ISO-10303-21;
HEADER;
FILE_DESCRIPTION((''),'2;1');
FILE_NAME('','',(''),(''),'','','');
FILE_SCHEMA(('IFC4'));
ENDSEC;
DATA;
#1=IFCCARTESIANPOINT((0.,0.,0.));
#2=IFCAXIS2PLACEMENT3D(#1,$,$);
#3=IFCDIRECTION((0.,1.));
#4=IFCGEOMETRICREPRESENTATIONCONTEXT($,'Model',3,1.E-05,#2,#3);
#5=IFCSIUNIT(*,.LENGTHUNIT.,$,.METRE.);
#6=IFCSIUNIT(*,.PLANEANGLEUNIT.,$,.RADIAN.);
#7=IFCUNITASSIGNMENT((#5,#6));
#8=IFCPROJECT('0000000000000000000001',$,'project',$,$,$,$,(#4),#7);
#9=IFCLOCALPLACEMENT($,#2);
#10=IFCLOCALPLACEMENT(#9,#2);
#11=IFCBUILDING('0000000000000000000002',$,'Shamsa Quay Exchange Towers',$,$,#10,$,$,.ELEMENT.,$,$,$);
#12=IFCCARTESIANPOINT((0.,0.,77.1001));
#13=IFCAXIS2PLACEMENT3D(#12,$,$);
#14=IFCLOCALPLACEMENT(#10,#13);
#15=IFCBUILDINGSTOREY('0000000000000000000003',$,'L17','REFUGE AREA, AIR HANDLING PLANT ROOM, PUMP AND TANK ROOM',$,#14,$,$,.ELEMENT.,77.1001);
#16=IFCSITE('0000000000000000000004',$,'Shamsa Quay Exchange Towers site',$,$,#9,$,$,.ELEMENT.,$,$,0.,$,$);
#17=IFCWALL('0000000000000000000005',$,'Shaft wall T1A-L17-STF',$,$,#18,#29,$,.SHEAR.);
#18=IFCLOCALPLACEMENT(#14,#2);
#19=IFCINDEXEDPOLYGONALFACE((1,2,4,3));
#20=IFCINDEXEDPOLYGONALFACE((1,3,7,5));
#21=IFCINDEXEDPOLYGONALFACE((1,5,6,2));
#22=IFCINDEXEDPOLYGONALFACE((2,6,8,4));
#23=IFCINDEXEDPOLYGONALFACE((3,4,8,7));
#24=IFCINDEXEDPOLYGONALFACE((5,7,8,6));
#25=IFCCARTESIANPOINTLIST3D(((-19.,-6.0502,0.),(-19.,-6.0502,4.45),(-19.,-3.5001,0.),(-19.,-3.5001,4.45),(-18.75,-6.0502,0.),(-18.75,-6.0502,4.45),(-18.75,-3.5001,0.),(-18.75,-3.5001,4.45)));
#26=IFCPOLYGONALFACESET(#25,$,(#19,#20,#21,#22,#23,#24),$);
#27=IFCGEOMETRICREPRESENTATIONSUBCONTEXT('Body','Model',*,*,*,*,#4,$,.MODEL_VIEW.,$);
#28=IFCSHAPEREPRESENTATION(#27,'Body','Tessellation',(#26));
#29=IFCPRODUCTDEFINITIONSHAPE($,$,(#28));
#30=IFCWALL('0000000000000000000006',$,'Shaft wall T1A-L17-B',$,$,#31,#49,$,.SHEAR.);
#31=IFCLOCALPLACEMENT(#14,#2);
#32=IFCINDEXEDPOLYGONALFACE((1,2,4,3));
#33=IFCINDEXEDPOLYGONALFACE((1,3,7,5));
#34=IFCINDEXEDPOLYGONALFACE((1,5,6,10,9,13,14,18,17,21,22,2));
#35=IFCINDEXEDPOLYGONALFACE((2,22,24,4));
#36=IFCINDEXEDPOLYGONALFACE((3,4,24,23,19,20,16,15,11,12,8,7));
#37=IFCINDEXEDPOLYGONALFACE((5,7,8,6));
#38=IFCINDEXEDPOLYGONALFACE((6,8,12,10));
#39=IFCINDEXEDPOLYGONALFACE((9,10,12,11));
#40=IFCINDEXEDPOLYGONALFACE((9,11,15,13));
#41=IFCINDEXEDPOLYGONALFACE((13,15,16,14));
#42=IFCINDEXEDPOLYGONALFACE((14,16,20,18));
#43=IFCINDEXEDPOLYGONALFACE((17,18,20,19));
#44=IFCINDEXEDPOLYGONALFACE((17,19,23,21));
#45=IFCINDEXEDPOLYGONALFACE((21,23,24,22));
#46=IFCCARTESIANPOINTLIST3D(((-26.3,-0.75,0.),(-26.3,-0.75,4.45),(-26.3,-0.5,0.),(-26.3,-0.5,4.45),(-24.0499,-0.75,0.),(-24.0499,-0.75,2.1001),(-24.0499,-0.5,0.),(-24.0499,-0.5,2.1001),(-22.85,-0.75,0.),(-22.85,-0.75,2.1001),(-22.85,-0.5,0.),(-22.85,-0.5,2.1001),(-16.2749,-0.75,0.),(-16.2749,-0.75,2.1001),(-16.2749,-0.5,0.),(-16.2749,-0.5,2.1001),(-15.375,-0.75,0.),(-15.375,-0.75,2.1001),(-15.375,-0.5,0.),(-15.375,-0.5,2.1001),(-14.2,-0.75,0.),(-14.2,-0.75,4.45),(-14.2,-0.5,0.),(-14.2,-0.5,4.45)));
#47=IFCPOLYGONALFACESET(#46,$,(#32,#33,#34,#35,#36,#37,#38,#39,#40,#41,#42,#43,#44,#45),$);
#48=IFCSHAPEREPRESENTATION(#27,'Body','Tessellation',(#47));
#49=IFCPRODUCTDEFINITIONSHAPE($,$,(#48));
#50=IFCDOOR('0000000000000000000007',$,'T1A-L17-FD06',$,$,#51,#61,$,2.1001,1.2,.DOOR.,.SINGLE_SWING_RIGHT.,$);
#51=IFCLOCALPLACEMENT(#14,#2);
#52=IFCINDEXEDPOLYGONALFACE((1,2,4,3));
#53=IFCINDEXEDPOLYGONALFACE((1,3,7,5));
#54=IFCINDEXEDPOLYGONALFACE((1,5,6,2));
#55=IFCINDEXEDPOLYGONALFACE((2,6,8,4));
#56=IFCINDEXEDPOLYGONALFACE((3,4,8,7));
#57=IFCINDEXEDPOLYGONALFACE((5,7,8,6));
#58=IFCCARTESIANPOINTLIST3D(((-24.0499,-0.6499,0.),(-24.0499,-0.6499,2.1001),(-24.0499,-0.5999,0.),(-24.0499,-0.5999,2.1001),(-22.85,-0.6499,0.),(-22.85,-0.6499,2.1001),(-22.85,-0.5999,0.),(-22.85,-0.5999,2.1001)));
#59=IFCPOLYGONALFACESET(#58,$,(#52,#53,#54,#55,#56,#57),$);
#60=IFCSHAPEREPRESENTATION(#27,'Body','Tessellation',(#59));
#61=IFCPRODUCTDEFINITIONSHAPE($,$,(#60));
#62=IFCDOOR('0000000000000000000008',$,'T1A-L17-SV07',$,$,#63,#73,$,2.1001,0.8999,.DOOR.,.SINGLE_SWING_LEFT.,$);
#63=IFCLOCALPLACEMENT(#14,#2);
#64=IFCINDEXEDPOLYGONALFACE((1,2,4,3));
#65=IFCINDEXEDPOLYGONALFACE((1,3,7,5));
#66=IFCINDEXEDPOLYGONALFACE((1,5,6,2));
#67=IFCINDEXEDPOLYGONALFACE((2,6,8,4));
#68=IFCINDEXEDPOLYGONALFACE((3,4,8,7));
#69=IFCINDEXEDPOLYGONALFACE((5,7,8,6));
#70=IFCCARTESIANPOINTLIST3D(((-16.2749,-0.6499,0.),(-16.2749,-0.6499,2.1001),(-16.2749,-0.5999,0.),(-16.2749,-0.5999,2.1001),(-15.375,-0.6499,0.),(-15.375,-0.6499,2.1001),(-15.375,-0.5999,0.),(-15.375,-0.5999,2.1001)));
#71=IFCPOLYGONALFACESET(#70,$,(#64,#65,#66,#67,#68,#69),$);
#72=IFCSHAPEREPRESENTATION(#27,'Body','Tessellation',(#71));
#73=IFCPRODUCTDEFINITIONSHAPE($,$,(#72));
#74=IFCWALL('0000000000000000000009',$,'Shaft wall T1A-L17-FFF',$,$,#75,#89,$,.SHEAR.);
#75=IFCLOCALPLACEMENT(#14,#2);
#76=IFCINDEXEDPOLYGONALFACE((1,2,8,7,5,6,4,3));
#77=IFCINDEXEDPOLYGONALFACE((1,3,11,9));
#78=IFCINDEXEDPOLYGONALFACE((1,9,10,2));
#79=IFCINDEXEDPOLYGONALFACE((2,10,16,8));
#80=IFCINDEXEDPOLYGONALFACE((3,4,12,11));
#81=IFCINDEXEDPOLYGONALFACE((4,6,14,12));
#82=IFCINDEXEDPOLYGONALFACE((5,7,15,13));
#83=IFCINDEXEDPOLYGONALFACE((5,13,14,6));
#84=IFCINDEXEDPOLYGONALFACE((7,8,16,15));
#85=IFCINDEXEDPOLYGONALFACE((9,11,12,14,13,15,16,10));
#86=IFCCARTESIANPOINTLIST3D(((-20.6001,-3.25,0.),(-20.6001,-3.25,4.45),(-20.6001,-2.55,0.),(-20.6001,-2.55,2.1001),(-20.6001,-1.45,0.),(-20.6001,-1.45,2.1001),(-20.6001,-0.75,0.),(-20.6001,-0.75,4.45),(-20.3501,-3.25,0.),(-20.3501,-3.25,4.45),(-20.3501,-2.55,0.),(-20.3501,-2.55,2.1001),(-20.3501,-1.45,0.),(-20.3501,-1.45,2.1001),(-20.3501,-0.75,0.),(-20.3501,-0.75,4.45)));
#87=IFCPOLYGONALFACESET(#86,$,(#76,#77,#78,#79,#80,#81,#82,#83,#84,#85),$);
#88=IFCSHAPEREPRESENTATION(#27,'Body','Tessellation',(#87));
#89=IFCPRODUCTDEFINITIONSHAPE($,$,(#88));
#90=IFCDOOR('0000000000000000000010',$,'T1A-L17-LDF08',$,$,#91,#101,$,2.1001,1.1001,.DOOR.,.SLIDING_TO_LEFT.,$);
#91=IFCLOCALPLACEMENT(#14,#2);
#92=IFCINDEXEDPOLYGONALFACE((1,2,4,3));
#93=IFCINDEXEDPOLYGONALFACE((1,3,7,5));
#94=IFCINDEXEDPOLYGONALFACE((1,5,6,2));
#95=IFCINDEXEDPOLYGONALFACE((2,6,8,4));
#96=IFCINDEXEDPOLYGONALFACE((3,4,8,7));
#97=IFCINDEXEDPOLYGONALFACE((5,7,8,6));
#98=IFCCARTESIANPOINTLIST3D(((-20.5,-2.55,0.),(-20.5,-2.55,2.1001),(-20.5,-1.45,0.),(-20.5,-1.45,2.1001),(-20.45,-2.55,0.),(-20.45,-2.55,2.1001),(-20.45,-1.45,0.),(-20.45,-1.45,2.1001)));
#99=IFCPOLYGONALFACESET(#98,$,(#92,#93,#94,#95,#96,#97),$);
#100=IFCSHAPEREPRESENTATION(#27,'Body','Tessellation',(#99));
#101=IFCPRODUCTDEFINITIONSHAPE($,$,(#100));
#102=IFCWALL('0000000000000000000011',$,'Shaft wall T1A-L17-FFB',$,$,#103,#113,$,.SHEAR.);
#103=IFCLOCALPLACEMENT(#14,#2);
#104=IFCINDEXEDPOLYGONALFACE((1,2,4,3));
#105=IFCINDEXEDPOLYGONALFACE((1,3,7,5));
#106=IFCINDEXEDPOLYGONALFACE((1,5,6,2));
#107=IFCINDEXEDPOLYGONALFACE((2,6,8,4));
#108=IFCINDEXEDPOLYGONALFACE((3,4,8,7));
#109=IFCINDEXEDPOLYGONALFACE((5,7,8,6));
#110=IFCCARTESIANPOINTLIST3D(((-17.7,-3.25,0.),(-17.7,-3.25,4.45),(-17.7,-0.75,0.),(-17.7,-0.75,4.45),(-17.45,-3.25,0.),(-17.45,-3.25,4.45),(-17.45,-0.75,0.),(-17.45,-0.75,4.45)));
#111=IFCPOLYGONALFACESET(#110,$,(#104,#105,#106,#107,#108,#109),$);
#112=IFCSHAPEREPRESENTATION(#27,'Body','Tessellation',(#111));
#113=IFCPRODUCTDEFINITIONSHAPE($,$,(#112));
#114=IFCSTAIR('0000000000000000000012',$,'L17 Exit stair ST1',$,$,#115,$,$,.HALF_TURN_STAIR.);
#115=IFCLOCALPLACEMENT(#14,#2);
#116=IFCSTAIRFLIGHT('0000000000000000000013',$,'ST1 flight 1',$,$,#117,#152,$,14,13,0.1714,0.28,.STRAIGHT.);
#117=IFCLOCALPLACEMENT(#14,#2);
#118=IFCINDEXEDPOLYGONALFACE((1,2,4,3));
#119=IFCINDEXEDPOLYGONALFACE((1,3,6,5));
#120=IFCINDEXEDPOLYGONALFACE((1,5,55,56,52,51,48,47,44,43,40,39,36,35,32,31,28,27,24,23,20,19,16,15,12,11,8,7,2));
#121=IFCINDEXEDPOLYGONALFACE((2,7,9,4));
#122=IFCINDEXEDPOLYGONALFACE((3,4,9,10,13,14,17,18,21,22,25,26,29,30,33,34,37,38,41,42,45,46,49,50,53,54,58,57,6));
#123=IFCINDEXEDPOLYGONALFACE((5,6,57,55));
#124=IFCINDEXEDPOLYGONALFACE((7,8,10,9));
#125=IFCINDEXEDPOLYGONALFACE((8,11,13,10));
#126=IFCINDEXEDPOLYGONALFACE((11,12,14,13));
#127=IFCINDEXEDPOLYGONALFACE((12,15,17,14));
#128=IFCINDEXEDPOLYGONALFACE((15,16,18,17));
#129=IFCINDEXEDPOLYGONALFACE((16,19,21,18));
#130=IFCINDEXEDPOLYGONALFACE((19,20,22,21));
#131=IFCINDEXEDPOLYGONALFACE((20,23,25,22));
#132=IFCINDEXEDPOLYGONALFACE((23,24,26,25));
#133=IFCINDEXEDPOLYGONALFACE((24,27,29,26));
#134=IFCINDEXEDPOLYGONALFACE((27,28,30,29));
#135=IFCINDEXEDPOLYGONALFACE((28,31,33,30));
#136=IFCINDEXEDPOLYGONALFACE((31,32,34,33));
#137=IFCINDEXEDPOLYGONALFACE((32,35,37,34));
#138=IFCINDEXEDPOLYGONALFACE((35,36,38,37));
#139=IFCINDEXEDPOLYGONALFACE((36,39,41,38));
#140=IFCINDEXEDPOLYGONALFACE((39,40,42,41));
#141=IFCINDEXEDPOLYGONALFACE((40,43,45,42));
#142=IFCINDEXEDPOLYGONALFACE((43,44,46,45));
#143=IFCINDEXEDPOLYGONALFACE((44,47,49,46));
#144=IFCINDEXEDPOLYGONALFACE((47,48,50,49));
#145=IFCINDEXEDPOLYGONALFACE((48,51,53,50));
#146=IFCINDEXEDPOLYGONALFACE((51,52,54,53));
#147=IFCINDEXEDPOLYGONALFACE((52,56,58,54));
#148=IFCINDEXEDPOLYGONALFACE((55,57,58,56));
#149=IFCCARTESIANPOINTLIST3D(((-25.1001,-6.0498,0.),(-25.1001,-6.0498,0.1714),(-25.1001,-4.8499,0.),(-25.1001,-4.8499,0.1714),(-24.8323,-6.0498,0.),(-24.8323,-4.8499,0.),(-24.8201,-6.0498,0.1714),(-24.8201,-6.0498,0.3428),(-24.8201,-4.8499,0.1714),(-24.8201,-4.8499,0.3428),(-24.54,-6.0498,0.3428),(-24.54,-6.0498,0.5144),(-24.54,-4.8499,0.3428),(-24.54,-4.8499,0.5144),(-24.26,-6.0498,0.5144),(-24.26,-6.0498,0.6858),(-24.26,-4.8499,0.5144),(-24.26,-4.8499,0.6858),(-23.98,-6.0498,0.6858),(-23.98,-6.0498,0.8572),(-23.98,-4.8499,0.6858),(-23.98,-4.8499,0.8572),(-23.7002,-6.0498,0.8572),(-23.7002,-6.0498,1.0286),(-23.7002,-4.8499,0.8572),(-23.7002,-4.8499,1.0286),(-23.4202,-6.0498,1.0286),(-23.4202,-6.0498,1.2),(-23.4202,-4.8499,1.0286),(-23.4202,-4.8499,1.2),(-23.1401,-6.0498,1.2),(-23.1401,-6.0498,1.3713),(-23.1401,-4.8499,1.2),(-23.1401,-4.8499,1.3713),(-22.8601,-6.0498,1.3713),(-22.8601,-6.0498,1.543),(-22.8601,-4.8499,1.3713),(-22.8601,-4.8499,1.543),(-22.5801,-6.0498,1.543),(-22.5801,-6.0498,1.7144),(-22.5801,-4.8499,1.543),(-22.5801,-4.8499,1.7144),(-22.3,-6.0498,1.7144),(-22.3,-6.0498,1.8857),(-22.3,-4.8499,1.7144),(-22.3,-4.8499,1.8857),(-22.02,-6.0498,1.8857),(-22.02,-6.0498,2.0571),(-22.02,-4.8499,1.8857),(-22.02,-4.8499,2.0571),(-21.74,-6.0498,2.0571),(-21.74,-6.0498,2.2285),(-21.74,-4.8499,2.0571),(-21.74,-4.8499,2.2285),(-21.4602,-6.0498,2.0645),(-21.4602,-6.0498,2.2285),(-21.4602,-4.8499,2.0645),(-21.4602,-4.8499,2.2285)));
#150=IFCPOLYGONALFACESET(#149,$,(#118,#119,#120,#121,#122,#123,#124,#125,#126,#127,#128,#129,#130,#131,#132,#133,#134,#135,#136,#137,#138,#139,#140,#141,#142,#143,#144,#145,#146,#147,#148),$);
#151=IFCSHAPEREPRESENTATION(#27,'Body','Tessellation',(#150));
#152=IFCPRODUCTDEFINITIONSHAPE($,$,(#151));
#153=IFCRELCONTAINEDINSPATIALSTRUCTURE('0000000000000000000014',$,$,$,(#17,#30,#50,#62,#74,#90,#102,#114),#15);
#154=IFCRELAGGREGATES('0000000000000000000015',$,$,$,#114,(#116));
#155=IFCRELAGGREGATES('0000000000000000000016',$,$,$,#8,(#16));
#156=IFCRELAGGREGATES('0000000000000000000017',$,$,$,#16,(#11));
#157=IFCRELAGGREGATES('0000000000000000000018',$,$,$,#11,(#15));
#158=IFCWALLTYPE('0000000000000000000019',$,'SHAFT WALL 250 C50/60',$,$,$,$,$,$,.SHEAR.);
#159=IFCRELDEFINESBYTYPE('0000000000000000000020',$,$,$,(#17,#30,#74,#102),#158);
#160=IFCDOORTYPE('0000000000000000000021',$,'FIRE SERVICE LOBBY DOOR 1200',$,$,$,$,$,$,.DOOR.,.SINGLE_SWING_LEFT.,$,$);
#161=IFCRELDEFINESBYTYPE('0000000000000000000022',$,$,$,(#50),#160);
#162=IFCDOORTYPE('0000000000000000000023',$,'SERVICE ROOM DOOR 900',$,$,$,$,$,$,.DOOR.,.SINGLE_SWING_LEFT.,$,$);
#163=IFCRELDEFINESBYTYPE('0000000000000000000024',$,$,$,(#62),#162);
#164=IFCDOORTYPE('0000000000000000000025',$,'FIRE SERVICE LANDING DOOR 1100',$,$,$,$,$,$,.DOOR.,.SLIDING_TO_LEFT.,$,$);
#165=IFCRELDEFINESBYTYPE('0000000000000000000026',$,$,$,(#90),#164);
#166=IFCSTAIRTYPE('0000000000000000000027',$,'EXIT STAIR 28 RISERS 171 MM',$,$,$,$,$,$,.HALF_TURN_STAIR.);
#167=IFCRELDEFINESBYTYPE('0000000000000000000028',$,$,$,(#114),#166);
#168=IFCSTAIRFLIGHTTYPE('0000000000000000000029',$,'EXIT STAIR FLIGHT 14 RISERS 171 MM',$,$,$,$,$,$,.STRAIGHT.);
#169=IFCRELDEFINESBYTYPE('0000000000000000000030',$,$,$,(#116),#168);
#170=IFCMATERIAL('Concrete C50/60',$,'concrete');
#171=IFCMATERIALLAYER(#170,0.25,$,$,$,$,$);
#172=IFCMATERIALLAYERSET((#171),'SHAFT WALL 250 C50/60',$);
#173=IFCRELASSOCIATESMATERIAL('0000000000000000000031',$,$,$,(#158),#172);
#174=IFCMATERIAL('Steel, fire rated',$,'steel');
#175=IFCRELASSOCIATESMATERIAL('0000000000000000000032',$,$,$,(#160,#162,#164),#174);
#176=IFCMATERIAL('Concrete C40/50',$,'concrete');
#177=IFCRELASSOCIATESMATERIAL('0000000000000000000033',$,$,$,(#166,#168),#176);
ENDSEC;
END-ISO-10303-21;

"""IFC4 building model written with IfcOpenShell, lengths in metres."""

from ifc_helpers import new_model, si_unit, direction, frame, frame_2d, origin, place, context, subcontext, project, spatial, polyline, rectangle, outline, extrude, material, layer, layer_set, type_object, element, fill, aggregate, save


model = new_model("IFC4")

# Units and contexts
model_context = context("Model", 3, precision=1e-05, world=origin(), true_north=direction((0.0, 1.0)))
body_context = subcontext(model_context, "Body", "Model", "MODEL_VIEW")
ifc_project = project(units=[si_unit("LENGTHUNIT", "METRE"), si_unit("PLANEANGLEUNIT", "RADIAN")], contexts=[model_context])

# Site, building, storey
site_placement = place(None, origin())
site = spatial("IfcSite", under=ifc_project, at=site_placement, Name="Shamsa Quay Exchange Towers site", CompositionType="ELEMENT", RefElevation=0.0)
building_placement = place(site_placement, origin())
building = spatial("IfcBuilding", under=site, at=building_placement, Name="Shamsa Quay Exchange Towers", CompositionType="ELEMENT")
storey_placement = place(building_placement, frame((0.0, 0.0, 77.1001)))
storey = spatial("IfcBuildingStorey", under=building, at=storey_placement, Name="L17", Description="REFUGE AREA, AIR HANDLING PLANT ROOM, PUMP AND TANK ROOM", CompositionType="ELEMENT", Elevation=77.1001)

# Shared definitions
ifc_material_1 = material(Name="Concrete C50/60", Category="concrete")
ifc_layer_1 = layer(ifc_material_1, 0.25)
ifc_layer_set_1 = layer_set([ifc_layer_1], Name="SHAFT WALL 250 C50/60")
wall_type_1 = type_object("IfcWallType", Name="SHAFT WALL 250 C50/60", PredefinedType="SHEAR", material=ifc_layer_set_1)
ifc_material_2 = material(Name="Steel, fire rated", Category="steel")

# Wall
wall_1_placement = place(storey_placement, frame((-18.875, -6.05, 0.0), z_axis=(0.0, 0.0, 1.0), x_axis=(0.0, 1.0, 0.0)))
element("IfcWall", 1, at=wall_1_placement, inside=storey, type_object=wall_type_1, Name="Shaft wall T1A-L17-STF", PredefinedType="SHEAR", context=body_context, shape_type="SweptSolid", body=[
    extrude(rectangle(XDim=2.55, YDim=0.25, at=frame_2d((1.2749, 0.0))), origin(), (0.0, 0.0, 1.0), 4.45),
])

# Wall, openings, doors
wall_2_placement = place(storey_placement, frame((-14.2, -0.625, 0.0), z_axis=(0.0, 0.0, 1.0), x_axis=(-1.0, 0.0, 0.0)))
wall_2 = element("IfcWall", 2, at=wall_2_placement, inside=storey, type_object=wall_type_1, Name="Shaft wall T1A-L17-B", PredefinedType="SHEAR", context=body_context, shape_type="SweptSolid", body=[
    extrude(rectangle(XDim=12.1001, YDim=0.25, at=frame_2d((6.05, 0.0))), origin(), (0.0, 0.0, 1.0), 4.45),
])
opening_1_placement = place(wall_2_placement, frame((8.6499, 0.0, 0.0)))
opening_1 = element("IfcOpeningElement", 3, at=opening_1_placement, cuts=wall_2, PredefinedType="OPENING", context=body_context, shape_type="SweptSolid", body=[
    extrude(rectangle(XDim=1.2, YDim=2.1001, at=frame_2d((0.6001, 1.05))), frame((0.0, 0.135, 0.0), z_axis=(0.0, -1.0, 0.0), x_axis=(1.0, 0.0, 0.0)), (0.0, 0.0, 1.0), 0.27),
])
opening_2_placement = place(wall_2_placement, frame((1.175, 0.0, 0.0)))
opening_2 = element("IfcOpeningElement", 4, at=opening_2_placement, cuts=wall_2, PredefinedType="OPENING", context=body_context, shape_type="SweptSolid", body=[
    extrude(rectangle(XDim=0.8999, YDim=2.1001, at=frame_2d((0.45, 1.05))), frame((0.0, 0.135, 0.0), z_axis=(0.0, -1.0, 0.0), x_axis=(1.0, 0.0, 0.0)), (0.0, 0.0, 1.0), 0.27),
])
door_type_1 = type_object("IfcDoorType", Name="FIRE SERVICE LOBBY DOOR 1200", OperationType="SINGLE_SWING_LEFT", PredefinedType="DOOR", material=ifc_material_2)
door_1_placement = place(opening_1_placement, origin())
door_1 = element("IfcDoor", 5, at=door_1_placement, inside=storey, type_object=door_type_1, Name="T1A-L17-FD06", OperationType="SINGLE_SWING_RIGHT", OverallHeight=2.1001, OverallWidth=1.2, PredefinedType="DOOR", context=body_context, shape_type="SweptSolid", body=[
    extrude(rectangle(XDim=1.2, YDim=2.1001, at=frame_2d((0.6001, 1.05))), frame((0.0, 0.0249, 0.0), z_axis=(0.0, -1.0, 0.0), x_axis=(1.0, 0.0, 0.0)), (0.0, 0.0, 1.0), 0.05),
])
fill(opening_1, door_1)
door_type_2 = type_object("IfcDoorType", Name="SERVICE ROOM DOOR 900", OperationType="SINGLE_SWING_LEFT", PredefinedType="DOOR", material=ifc_material_2)
door_2_placement = place(opening_2_placement, origin())
door_2 = element("IfcDoor", 6, at=door_2_placement, inside=storey, type_object=door_type_2, Name="T1A-L17-SV07", OperationType="SINGLE_SWING_LEFT", OverallHeight=2.1001, OverallWidth=0.8999, PredefinedType="DOOR", context=body_context, shape_type="SweptSolid", body=[
    extrude(rectangle(XDim=0.8999, YDim=2.1001, at=frame_2d((0.45, 1.05))), frame((0.0, 0.0249, 0.0), z_axis=(0.0, -1.0, 0.0), x_axis=(1.0, 0.0, 0.0)), (0.0, 0.0, 1.0), 0.05),
])
fill(opening_2, door_2)

# Wall, opening, door
wall_3_placement = place(storey_placement, frame((-20.4751, -3.25, 0.0), z_axis=(0.0, 0.0, 1.0), x_axis=(0.0, 1.0, 0.0)))
wall_3 = element("IfcWall", 7, at=wall_3_placement, inside=storey, type_object=wall_type_1, Name="Shaft wall T1A-L17-FFF", PredefinedType="SHEAR", context=body_context, shape_type="SweptSolid", body=[
    extrude(rectangle(XDim=2.5, YDim=0.25, at=frame_2d((1.25, 0.0))), origin(), (0.0, 0.0, 1.0), 4.45),
])
opening_3_placement = place(wall_3_placement, frame((0.7, 0.0, 0.0)))
opening_3 = element("IfcOpeningElement", 8, at=opening_3_placement, cuts=wall_3, PredefinedType="OPENING", context=body_context, shape_type="SweptSolid", body=[
    extrude(rectangle(XDim=1.1001, YDim=2.1001, at=frame_2d((0.55, 1.05))), frame((0.0, 0.135, 0.0), z_axis=(0.0, -1.0, 0.0), x_axis=(1.0, 0.0, 0.0)), (0.0, 0.0, 1.0), 0.27),
])
door_type_3 = type_object("IfcDoorType", Name="FIRE SERVICE LANDING DOOR 1100", OperationType="SLIDING_TO_LEFT", PredefinedType="DOOR", material=ifc_material_2)
door_3_placement = place(opening_3_placement, origin())
door_3 = element("IfcDoor", 9, at=door_3_placement, inside=storey, type_object=door_type_3, Name="T1A-L17-LDF08", OperationType="SLIDING_TO_LEFT", OverallHeight=2.1001, OverallWidth=1.1001, PredefinedType="DOOR", context=body_context, shape_type="SweptSolid", body=[
    extrude(rectangle(XDim=1.1001, YDim=2.1001, at=frame_2d((0.55, 1.05))), frame((0.0, 0.0249, 0.0), z_axis=(0.0, -1.0, 0.0), x_axis=(1.0, 0.0, 0.0)), (0.0, 0.0, 1.0), 0.05),
])
fill(opening_3, door_3)

# Wall
wall_4_placement = place(storey_placement, frame((-17.575, -3.25, 0.0), z_axis=(0.0, 0.0, 1.0), x_axis=(0.0, 1.0, 0.0)))
element("IfcWall", 10, at=wall_4_placement, inside=storey, type_object=wall_type_1, Name="Shaft wall T1A-L17-FFB", PredefinedType="SHEAR", context=body_context, shape_type="SweptSolid", body=[
    extrude(rectangle(XDim=2.5, YDim=0.25, at=frame_2d((1.25, 0.0))), origin(), (0.0, 0.0, 1.0), 4.45),
])

# Stair, stair flight
ifc_material_3 = material(Name="Concrete C40/50", Category="concrete")
stair_type = type_object("IfcStairType", Name="EXIT STAIR 28 RISERS 171 MM", PredefinedType="HALF_TURN_STAIR", material=ifc_material_3)
stair_placement = place(storey_placement, origin())
stair = element("IfcStair", 11, at=stair_placement, inside=storey, type_object=stair_type, Name="L17 Exit stair ST1", PredefinedType="HALF_TURN_STAIR")
stair_flight_type = type_object("IfcStairFlightType", Name="EXIT STAIR FLIGHT 14 RISERS 171 MM", PredefinedType="STRAIGHT", material=ifc_material_3)
stair_flight_1_placement = place(storey_placement, frame((-25.1001, -5.45, 0.0)))
stair_flight_1 = element("IfcStairFlight", 12, at=stair_flight_1_placement, type_object=stair_flight_type, Name="ST1 flight 1", NumberOfRisers=14, NumberOfTreads=13, PredefinedType="STRAIGHT", RiserHeight=0.1714, TreadLength=0.28, context=body_context, shape_type="SweptSolid", body=[
    extrude(outline(polyline([(0.0, 0.0), (0.0, 0.1714), (0.28, 0.1714), (0.28, 0.3428), (0.5601, 0.3428), (0.5601, 0.5144), (0.8401, 0.5144), (0.8401, 0.6858), (1.1201, 0.6858), (1.1201, 0.8572), (1.3999, 0.8572), (1.3999, 1.0286), (1.6799, 1.0286), (1.6799, 1.2), (1.96, 1.2), (1.96, 1.3713), (2.24, 1.3713), (2.24, 1.543), (2.52, 1.543), (2.52, 1.7144), (2.8, 1.7144), (2.8, 1.8857), (3.0801, 1.8857), (3.0801, 2.0571), (3.3601, 2.0571), (3.3601, 2.2285), (3.6399, 2.2285), (3.6399, 2.3999), (3.6399, 2.0645), (0.2678, 0.0), (0.0, 0.0)])), frame((0.0, 0.6001, 0.0), z_axis=(0.0, -1.0, 0.0), x_axis=(1.0, 0.0, 0.0)), (0.0, 0.0, 1.0), 1.2),
])
aggregate(stair, [stair_flight_1])

save(model, "model.ifc")
